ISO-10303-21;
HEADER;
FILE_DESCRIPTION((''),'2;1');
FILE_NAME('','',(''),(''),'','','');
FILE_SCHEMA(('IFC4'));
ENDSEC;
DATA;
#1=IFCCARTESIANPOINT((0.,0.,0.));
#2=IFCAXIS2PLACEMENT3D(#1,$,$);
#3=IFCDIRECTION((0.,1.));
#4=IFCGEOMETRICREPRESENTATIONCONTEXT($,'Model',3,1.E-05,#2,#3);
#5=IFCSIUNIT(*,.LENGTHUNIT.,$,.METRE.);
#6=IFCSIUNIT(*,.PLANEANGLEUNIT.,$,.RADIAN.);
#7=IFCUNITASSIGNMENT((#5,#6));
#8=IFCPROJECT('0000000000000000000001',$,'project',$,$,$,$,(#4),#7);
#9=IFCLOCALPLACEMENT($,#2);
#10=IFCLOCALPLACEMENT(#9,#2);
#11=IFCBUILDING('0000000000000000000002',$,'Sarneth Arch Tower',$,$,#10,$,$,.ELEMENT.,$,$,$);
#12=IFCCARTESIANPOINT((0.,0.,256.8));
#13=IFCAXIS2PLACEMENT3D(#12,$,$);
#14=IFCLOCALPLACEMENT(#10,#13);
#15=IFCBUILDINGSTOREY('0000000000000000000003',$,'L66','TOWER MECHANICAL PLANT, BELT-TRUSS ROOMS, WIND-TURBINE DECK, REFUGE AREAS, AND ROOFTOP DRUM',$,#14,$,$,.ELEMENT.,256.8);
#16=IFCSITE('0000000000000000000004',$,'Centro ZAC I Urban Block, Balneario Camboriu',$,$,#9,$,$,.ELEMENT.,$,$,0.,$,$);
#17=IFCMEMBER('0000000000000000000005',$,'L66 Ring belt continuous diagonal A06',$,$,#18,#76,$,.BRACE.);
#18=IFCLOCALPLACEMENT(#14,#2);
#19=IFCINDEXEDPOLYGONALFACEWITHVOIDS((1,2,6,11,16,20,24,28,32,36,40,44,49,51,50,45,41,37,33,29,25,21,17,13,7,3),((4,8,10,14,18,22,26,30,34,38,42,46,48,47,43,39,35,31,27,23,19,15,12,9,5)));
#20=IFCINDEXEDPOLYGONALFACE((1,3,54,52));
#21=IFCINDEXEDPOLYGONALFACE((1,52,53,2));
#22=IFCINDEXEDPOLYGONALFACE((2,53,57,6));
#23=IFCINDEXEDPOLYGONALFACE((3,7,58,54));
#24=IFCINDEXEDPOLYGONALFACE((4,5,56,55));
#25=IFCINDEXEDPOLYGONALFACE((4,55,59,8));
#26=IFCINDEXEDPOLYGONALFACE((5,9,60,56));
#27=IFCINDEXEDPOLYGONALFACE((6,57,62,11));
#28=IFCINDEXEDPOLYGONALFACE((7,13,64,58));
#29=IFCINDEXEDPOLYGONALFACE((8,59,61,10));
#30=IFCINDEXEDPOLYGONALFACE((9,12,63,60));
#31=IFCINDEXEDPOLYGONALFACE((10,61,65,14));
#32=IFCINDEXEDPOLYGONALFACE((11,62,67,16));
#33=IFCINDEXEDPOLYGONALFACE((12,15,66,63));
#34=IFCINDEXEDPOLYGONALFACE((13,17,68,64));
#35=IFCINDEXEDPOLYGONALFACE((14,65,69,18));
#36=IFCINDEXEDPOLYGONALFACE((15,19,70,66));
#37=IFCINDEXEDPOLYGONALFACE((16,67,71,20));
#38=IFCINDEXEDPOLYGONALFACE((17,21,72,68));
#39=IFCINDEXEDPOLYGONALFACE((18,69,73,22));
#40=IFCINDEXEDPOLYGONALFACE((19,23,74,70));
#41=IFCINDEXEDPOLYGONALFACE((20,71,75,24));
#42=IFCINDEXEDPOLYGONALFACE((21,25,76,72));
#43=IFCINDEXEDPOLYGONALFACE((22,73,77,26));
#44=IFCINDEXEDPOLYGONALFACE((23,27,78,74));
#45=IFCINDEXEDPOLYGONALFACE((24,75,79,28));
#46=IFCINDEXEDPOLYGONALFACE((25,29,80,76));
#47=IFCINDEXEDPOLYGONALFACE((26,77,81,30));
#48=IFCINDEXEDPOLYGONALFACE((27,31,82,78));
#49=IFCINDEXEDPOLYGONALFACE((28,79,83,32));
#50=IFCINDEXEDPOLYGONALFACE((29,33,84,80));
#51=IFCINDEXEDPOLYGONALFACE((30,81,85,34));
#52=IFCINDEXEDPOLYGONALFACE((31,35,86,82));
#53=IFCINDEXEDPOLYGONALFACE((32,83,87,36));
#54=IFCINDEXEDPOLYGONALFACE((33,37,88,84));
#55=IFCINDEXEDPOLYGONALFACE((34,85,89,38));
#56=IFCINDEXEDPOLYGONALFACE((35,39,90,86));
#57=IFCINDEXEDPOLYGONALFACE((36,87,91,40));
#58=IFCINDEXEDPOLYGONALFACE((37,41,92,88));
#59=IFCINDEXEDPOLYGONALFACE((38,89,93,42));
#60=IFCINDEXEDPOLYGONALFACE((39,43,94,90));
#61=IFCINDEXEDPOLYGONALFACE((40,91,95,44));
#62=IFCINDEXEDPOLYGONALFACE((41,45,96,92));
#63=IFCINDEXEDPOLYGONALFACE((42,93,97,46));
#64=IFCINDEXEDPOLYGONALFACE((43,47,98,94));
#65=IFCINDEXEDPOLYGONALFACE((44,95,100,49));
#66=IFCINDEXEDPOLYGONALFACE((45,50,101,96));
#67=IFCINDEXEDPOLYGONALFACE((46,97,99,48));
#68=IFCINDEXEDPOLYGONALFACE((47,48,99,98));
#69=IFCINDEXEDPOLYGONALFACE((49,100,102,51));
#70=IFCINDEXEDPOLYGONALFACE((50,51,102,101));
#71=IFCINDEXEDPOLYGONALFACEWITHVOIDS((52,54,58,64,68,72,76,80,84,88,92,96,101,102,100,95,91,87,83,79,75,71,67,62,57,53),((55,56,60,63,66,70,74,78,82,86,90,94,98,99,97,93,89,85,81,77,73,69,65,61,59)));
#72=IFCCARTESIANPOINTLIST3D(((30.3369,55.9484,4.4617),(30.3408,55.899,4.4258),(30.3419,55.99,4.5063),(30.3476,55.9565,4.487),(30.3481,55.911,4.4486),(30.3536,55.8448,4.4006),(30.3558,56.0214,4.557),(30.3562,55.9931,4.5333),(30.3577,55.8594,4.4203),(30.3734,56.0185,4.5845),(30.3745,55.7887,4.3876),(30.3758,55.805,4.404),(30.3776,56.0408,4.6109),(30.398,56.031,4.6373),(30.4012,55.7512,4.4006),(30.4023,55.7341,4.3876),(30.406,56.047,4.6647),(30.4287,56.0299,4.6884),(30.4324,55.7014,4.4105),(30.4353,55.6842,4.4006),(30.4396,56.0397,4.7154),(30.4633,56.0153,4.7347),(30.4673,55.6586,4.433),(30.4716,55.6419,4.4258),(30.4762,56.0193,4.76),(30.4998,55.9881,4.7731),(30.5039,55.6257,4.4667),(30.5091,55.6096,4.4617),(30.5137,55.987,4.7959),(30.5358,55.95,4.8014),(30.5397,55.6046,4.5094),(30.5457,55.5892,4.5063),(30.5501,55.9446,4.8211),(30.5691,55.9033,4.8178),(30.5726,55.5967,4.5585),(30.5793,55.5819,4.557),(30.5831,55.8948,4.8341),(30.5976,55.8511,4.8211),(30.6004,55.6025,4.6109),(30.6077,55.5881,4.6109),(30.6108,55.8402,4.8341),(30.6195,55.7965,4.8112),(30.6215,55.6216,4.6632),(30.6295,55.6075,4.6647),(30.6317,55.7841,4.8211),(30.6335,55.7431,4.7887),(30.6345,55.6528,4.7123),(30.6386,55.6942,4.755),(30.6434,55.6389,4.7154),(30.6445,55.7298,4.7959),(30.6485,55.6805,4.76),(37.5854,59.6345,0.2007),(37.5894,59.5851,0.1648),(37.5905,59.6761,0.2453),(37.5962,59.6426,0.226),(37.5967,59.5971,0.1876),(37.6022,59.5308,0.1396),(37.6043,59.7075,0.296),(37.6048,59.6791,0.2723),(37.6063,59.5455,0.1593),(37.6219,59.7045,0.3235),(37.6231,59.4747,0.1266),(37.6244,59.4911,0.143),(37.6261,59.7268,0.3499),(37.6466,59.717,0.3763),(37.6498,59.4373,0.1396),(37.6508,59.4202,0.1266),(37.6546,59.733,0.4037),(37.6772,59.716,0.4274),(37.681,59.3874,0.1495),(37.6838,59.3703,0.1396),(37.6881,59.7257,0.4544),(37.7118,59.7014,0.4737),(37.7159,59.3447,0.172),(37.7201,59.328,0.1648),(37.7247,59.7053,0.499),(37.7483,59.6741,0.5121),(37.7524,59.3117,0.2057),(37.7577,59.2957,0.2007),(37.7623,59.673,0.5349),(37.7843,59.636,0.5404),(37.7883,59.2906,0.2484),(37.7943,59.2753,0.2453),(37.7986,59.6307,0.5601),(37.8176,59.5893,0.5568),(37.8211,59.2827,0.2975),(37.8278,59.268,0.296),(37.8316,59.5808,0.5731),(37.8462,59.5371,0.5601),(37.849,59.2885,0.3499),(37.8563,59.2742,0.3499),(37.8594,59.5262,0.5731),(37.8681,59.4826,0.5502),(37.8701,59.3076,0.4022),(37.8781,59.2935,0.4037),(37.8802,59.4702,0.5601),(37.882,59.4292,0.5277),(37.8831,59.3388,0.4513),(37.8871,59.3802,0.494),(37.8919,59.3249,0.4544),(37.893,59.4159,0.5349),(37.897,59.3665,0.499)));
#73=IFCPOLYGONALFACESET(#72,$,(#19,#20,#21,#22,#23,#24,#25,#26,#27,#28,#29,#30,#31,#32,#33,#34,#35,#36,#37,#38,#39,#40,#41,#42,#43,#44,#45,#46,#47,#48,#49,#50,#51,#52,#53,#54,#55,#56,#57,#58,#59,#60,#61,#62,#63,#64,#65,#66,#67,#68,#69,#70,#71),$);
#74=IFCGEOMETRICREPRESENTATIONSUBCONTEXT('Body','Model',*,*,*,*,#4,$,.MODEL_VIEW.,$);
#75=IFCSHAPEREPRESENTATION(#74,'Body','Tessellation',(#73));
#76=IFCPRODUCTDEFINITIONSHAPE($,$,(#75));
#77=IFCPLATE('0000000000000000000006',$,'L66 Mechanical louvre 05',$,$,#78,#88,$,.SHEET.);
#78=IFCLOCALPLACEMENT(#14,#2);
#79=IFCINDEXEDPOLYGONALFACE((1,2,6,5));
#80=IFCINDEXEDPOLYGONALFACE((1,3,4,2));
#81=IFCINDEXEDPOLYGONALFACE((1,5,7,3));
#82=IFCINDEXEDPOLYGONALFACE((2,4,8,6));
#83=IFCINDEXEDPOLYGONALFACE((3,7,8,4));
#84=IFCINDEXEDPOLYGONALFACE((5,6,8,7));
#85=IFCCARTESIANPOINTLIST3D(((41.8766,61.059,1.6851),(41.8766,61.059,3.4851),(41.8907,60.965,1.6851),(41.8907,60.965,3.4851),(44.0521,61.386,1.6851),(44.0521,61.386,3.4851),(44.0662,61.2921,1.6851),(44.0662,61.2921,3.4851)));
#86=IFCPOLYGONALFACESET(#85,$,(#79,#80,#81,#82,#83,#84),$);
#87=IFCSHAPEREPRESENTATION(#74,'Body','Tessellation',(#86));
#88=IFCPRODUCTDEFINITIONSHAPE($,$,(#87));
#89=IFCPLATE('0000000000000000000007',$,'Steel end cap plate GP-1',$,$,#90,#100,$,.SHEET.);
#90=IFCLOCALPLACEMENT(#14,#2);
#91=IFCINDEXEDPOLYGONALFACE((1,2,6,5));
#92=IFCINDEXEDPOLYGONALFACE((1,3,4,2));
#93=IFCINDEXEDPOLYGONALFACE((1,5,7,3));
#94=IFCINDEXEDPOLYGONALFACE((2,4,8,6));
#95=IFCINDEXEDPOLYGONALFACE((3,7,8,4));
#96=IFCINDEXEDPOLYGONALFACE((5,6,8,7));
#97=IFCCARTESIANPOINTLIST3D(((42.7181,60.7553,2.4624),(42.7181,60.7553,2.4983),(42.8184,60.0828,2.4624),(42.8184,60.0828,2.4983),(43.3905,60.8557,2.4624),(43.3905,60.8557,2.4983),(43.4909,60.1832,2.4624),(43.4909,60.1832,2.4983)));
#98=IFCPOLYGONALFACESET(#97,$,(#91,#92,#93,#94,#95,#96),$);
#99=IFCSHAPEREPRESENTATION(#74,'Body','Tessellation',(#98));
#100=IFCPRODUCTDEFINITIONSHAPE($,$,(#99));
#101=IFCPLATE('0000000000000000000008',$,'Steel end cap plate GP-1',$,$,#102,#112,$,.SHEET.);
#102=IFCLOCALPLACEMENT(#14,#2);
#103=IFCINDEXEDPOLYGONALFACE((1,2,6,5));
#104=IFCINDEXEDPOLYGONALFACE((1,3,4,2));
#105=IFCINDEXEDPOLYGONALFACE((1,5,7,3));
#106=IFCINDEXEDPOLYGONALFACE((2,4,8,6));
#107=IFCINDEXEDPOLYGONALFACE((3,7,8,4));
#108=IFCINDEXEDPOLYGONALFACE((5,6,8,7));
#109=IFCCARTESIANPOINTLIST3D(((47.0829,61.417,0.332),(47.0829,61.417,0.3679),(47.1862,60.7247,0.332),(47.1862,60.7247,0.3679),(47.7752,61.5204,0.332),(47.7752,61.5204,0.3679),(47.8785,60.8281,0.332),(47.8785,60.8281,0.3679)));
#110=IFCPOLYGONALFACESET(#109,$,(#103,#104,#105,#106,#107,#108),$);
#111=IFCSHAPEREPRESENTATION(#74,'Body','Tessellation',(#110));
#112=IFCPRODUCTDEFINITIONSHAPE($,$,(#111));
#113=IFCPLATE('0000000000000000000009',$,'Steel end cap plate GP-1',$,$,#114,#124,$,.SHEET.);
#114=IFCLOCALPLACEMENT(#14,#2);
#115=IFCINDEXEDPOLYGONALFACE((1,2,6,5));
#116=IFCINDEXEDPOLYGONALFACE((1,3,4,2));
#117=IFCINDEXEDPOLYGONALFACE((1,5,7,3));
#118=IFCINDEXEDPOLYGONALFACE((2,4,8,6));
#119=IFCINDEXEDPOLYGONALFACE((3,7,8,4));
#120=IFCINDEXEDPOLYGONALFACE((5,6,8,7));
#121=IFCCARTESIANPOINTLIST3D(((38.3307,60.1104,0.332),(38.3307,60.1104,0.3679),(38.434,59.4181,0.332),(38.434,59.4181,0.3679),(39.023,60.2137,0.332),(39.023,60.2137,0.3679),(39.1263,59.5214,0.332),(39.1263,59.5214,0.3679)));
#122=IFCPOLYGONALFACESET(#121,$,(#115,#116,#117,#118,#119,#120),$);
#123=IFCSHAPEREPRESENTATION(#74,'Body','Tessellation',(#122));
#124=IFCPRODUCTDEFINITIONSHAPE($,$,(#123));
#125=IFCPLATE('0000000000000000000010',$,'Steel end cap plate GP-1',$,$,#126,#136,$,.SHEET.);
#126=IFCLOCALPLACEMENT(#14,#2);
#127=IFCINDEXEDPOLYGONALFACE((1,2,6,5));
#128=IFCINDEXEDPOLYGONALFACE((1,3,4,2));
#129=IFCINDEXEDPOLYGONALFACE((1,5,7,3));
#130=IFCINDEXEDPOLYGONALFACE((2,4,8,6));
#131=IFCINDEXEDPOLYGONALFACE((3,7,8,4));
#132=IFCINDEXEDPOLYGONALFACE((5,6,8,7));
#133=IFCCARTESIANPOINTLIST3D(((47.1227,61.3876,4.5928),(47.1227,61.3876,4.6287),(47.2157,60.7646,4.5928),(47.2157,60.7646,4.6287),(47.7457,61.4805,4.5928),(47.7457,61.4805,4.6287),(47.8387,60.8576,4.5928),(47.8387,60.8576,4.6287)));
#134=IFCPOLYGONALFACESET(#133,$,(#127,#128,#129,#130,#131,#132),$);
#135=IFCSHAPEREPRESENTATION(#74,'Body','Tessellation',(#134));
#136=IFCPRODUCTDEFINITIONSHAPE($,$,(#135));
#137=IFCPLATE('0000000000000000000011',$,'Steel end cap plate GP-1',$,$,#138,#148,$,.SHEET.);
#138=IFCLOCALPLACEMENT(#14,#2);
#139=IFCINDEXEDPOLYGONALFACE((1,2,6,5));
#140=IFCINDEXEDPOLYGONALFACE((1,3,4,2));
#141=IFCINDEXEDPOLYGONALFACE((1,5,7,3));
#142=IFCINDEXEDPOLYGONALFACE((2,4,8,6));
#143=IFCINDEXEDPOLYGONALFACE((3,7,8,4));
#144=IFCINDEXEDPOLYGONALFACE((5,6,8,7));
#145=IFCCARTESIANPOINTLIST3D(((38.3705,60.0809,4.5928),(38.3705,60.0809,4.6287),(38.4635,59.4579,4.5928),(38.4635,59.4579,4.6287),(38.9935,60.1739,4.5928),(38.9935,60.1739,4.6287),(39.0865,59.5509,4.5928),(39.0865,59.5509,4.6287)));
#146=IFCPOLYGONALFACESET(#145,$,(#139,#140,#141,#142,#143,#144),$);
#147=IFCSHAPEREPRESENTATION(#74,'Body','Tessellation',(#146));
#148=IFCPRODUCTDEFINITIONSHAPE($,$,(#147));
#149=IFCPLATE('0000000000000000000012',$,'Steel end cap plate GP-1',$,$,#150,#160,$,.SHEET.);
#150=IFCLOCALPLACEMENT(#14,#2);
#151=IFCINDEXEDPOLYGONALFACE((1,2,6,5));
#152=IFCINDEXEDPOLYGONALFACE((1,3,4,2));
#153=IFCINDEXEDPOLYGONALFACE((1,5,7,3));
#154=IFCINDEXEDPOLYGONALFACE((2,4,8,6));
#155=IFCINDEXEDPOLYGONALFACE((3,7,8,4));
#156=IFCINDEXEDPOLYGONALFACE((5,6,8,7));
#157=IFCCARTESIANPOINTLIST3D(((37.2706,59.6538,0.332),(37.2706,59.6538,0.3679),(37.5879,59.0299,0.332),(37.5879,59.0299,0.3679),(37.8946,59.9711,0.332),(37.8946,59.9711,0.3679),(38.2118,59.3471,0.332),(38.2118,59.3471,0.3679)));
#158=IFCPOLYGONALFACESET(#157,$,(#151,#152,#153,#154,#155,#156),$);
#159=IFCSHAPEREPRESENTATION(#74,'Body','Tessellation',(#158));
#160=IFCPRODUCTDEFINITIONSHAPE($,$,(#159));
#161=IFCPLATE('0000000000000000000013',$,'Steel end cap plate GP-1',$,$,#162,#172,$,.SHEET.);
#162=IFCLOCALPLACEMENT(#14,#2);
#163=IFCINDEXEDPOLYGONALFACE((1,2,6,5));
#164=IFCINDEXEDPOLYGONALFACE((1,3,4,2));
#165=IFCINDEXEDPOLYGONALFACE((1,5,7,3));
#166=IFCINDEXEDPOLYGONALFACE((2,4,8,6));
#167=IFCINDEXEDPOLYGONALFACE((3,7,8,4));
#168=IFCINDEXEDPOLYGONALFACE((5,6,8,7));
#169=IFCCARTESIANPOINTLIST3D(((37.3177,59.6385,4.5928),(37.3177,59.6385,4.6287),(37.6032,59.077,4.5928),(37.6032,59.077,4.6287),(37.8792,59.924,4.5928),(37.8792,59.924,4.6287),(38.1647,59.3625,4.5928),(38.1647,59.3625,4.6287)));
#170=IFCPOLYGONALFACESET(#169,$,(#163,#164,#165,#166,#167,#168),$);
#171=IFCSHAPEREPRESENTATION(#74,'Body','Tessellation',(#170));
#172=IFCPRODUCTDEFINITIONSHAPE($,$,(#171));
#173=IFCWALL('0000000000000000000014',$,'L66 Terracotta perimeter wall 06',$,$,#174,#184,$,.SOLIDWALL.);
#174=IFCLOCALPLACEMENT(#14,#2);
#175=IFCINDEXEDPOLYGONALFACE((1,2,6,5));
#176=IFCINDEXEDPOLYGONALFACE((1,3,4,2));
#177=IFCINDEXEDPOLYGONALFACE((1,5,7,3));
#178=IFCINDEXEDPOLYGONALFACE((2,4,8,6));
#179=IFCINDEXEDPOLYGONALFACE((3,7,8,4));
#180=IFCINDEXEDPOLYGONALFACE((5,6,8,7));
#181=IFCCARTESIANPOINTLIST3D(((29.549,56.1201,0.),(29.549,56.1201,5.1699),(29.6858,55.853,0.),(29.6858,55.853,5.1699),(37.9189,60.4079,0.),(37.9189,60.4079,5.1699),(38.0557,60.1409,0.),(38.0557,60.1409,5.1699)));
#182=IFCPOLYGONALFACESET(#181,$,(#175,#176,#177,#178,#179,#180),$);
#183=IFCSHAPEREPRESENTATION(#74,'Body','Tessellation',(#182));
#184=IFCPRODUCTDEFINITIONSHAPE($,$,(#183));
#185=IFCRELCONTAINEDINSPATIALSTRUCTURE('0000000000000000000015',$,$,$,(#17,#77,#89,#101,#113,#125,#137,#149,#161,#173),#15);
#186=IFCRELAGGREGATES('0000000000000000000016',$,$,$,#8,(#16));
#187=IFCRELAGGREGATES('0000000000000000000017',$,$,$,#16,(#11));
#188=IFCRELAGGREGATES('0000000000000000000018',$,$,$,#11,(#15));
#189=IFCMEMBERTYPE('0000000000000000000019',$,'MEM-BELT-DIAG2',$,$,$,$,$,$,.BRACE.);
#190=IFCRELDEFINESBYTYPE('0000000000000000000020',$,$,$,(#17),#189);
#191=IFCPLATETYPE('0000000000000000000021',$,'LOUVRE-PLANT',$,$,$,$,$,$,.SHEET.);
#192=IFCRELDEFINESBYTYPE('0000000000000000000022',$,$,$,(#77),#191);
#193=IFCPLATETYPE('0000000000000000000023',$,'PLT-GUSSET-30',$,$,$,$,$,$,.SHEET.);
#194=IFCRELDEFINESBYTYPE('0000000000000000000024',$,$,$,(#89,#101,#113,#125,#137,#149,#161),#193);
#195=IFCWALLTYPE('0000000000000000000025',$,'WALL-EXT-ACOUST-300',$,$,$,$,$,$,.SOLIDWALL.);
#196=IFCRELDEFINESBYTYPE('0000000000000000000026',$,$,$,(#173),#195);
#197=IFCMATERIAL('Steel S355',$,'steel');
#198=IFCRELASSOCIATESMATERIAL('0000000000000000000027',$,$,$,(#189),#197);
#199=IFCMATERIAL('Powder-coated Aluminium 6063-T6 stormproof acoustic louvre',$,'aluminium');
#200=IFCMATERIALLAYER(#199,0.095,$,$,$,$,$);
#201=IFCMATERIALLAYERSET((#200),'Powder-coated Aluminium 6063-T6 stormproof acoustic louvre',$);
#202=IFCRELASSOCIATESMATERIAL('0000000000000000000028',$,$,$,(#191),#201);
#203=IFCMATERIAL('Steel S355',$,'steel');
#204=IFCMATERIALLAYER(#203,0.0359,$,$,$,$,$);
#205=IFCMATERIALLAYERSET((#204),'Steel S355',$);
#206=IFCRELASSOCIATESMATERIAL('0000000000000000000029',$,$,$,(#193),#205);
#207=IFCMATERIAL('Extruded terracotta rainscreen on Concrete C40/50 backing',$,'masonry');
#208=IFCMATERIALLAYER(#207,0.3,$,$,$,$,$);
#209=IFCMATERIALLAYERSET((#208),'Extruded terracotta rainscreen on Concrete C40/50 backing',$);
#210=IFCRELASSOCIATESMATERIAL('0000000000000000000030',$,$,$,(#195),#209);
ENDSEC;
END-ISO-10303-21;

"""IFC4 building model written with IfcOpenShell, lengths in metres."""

from ifc_helpers import new_model, si_unit, direction, frame, frame_2d, origin, origin_2d, place, context, subcontext, project, spatial, rectangle, hollow_circle, extrude, material, layer, layer_set, material_profile, profile_set, type_object, element, save


model = new_model("IFC4")

# Units and contexts
model_context = context("Model", 3, precision=1e-05, world=origin(), true_north=direction((0.0, 1.0)))
body_context = subcontext(model_context, "Body", "Model", "MODEL_VIEW")
ifc_project = project(units=[si_unit("LENGTHUNIT", "METRE"), si_unit("PLANEANGLEUNIT", "RADIAN")], contexts=[model_context])

# Site, building, storey
site_placement = place(None, origin())
site = spatial("IfcSite", under=ifc_project, at=site_placement, Name="Centro ZAC I Urban Block, Balneario Camboriu", CompositionType="ELEMENT", RefElevation=0.0)
building_placement = place(site_placement, origin())
building = spatial("IfcBuilding", under=site, at=building_placement, Name="Sarneth Arch Tower", CompositionType="ELEMENT")
storey_placement = place(building_placement, frame((0.0, 0.0, 256.8)))
storey = spatial("IfcBuildingStorey", under=building, at=storey_placement, Name="L66", Description="TOWER MECHANICAL PLANT, BELT-TRUSS ROOMS, WIND-TURBINE DECK, REFUGE AREAS, AND ROOFTOP DRUM", CompositionType="ELEMENT", Elevation=256.8)

# Member
ifc_material_1 = material(Name="Steel S355", Category="steel")
ifc_material_profile_1 = material_profile(ifc_material_1, hollow_circle(Radius=0.2539, WallThickness=0.0161, at=origin_2d()), Name="CHS508x16")
ifc_profile_set_1 = profile_set([ifc_material_profile_1], Name="Steel S355")
member_type_1 = type_object("IfcMemberType", Name="MEM-BELT-DIAG2", PredefinedType="BRACE", material=ifc_profile_set_1)
member_1_placement = place(storey_placement, frame((37.7412, 59.5005, 0.3499), z_axis=(-0.789546, -0.401501, 0.464127), x_axis=(0.45328, -0.891368, 0.0)))
element("IfcMember", 1, at=member_1_placement, inside=storey, type_object=member_type_1, Name="L66 Ring belt continuous diagonal A06", PredefinedType="BRACE", context=body_context, shape_type="SweptSolid", body=[
    extrude(hollow_circle(Radius=0.2539, WallThickness=0.0161, at=origin_2d()), origin(), (0.0, 0.0, 1.0), 9.1807),
])

# Plates
ifc_material_2 = material(Name="Powder-coated Aluminium 6063-T6 stormproof acoustic louvre", Category="aluminium")
ifc_layer_1 = layer(ifc_material_2, 0.095)
ifc_layer_set_1 = layer_set([ifc_layer_1], Name="Powder-coated Aluminium 6063-T6 stormproof acoustic louvre")
plate_type_1 = type_object("IfcPlateType", Name="LOUVRE-PLANT", PredefinedType="SHEET", material=ifc_layer_set_1)
plate_1_placement = place(storey_placement, frame((42.9714, 61.1755, 1.6851), z_axis=(0.0, 0.0, 1.0), x_axis=(-0.988886, -0.148672, 0.0)))
element("IfcPlate", 2, at=plate_1_placement, inside=storey, type_object=plate_type_1, Name="L66 Mechanical louvre 05", PredefinedType="SHEET", context=body_context, shape_type="SweptSolid", body=[
    extrude(rectangle(XDim=2.2, YDim=0.095, at=origin_2d()), origin(), (0.0, 0.0, 1.0), 1.8),
])
ifc_material_3 = material(Name="Steel S355", Category="steel")
ifc_layer_2 = layer(ifc_material_3, 0.0359)
ifc_layer_set_2 = layer_set([ifc_layer_2], Name="Steel S355")
plate_type_2 = type_object("IfcPlateType", Name="PLT-GUSSET-30", PredefinedType="SHEET", material=ifc_layer_set_2)
plate_2_placement = place(storey_placement, frame((43.1045, 60.4692, 2.4624), z_axis=(0.0, 0.0, 1.0), x_axis=(-0.989042, -0.147637, 0.0)))
element("IfcPlate", 3, at=plate_2_placement, inside=storey, type_object=plate_type_2, Name="Steel end cap plate GP-1", PredefinedType="SHEET", context=body_context, shape_type="SweptSolid", body=[
    extrude(rectangle(XDim=0.6799, YDim=0.6799, at=origin_2d()), origin(), (0.0, 0.0, 1.0), 0.0359),
])
for number, where, z_axis, x_axis, name in (
    (4, (47.4807, 61.1226, 0.332), (0.0, 0.0, 1.0), (0.989042, 0.147637, 0.0), "Steel end cap plate GP-1"),
    (5, (38.7285, 59.8159, 0.332), (0.0, 0.0, 1.0), (-0.989042, -0.147637, 0.0), "Steel end cap plate GP-1"),
):
    element("IfcPlate", number, at=place(storey_placement, frame(where, z_axis=z_axis, x_axis=x_axis)), inside=storey, type_object=plate_type_2, Name=name, PredefinedType="SHEET", context=body_context, shape_type="SweptSolid", body=[
        extrude(rectangle(XDim=0.7, YDim=0.7, at=origin_2d()), origin(), (0.0, 0.0, 1.0), 0.0359),
    ])
for number, where, z_axis, x_axis, name in (
    (6, (47.4807, 61.1226, 4.5928), (0.0, 0.0, 1.0), (0.989042, 0.147637, 0.0), "Steel end cap plate GP-1"),
    (7, (38.7285, 59.8159, 4.5928), (0.0, 0.0, 1.0), (-0.989042, -0.147637, 0.0), "Steel end cap plate GP-1"),
):
    element("IfcPlate", number, at=place(storey_placement, frame(where, z_axis=z_axis, x_axis=x_axis)), inside=storey, type_object=plate_type_2, Name=name, PredefinedType="SHEET", context=body_context, shape_type="SweptSolid", body=[
        extrude(rectangle(XDim=0.6299, YDim=0.6299, at=origin_2d()), origin(), (0.0, 0.0, 1.0), 0.0359),
    ])
plate_3_placement = place(storey_placement, frame((37.7412, 59.5005, 0.332), z_axis=(0.0, 0.0, 1.0), x_axis=(0.891402, 0.453213, 0.0)))
element("IfcPlate", 8, at=plate_3_placement, inside=storey, type_object=plate_type_2, Name="Steel end cap plate GP-1", PredefinedType="SHEET", context=body_context, shape_type="SweptSolid", body=[
    extrude(rectangle(XDim=0.7, YDim=0.7, at=origin_2d()), origin(), (0.0, 0.0, 1.0), 0.0359),
])
plate_4_placement = place(storey_placement, frame((37.7412, 59.5005, 4.5928), z_axis=(0.0, 0.0, 1.0), x_axis=(0.891402, 0.453213, 0.0)))
element("IfcPlate", 9, at=plate_4_placement, inside=storey, type_object=plate_type_2, Name="Steel end cap plate GP-1", PredefinedType="SHEET", context=body_context, shape_type="SweptSolid", body=[
    extrude(rectangle(XDim=0.6299, YDim=0.6299, at=origin_2d()), origin(), (0.0, 0.0, 1.0), 0.0359),
])

# Wall
ifc_material_4 = material(Name="Extruded terracotta rainscreen on Concrete C40/50 backing", Category="masonry")
ifc_layer_3 = layer(ifc_material_4, 0.3)
ifc_layer_set_3 = layer_set([ifc_layer_3], Name="Extruded terracotta rainscreen on Concrete C40/50 backing")
wall_type = type_object("IfcWallType", Name="WALL-EXT-ACOUST-300", PredefinedType="SOLIDWALL", material=ifc_layer_set_3)
wall_placement = place(storey_placement, frame((37.9873, 60.2744, 0.0), z_axis=(0.0, 0.0, 1.0), x_axis=(-0.890007, -0.455946, 0.0)))
element("IfcWall", 10, at=wall_placement, inside=storey, type_object=wall_type, Name="L66 Terracotta perimeter wall 06", PredefinedType="SOLIDWALL", context=body_context, shape_type="SweptSolid", body=[
    extrude(rectangle(XDim=9.4043, YDim=0.3, at=frame_2d((4.7021, 0.0))), origin(), (0.0, 0.0, 1.0), 5.1699),
])

save(model, "model.ifc")
